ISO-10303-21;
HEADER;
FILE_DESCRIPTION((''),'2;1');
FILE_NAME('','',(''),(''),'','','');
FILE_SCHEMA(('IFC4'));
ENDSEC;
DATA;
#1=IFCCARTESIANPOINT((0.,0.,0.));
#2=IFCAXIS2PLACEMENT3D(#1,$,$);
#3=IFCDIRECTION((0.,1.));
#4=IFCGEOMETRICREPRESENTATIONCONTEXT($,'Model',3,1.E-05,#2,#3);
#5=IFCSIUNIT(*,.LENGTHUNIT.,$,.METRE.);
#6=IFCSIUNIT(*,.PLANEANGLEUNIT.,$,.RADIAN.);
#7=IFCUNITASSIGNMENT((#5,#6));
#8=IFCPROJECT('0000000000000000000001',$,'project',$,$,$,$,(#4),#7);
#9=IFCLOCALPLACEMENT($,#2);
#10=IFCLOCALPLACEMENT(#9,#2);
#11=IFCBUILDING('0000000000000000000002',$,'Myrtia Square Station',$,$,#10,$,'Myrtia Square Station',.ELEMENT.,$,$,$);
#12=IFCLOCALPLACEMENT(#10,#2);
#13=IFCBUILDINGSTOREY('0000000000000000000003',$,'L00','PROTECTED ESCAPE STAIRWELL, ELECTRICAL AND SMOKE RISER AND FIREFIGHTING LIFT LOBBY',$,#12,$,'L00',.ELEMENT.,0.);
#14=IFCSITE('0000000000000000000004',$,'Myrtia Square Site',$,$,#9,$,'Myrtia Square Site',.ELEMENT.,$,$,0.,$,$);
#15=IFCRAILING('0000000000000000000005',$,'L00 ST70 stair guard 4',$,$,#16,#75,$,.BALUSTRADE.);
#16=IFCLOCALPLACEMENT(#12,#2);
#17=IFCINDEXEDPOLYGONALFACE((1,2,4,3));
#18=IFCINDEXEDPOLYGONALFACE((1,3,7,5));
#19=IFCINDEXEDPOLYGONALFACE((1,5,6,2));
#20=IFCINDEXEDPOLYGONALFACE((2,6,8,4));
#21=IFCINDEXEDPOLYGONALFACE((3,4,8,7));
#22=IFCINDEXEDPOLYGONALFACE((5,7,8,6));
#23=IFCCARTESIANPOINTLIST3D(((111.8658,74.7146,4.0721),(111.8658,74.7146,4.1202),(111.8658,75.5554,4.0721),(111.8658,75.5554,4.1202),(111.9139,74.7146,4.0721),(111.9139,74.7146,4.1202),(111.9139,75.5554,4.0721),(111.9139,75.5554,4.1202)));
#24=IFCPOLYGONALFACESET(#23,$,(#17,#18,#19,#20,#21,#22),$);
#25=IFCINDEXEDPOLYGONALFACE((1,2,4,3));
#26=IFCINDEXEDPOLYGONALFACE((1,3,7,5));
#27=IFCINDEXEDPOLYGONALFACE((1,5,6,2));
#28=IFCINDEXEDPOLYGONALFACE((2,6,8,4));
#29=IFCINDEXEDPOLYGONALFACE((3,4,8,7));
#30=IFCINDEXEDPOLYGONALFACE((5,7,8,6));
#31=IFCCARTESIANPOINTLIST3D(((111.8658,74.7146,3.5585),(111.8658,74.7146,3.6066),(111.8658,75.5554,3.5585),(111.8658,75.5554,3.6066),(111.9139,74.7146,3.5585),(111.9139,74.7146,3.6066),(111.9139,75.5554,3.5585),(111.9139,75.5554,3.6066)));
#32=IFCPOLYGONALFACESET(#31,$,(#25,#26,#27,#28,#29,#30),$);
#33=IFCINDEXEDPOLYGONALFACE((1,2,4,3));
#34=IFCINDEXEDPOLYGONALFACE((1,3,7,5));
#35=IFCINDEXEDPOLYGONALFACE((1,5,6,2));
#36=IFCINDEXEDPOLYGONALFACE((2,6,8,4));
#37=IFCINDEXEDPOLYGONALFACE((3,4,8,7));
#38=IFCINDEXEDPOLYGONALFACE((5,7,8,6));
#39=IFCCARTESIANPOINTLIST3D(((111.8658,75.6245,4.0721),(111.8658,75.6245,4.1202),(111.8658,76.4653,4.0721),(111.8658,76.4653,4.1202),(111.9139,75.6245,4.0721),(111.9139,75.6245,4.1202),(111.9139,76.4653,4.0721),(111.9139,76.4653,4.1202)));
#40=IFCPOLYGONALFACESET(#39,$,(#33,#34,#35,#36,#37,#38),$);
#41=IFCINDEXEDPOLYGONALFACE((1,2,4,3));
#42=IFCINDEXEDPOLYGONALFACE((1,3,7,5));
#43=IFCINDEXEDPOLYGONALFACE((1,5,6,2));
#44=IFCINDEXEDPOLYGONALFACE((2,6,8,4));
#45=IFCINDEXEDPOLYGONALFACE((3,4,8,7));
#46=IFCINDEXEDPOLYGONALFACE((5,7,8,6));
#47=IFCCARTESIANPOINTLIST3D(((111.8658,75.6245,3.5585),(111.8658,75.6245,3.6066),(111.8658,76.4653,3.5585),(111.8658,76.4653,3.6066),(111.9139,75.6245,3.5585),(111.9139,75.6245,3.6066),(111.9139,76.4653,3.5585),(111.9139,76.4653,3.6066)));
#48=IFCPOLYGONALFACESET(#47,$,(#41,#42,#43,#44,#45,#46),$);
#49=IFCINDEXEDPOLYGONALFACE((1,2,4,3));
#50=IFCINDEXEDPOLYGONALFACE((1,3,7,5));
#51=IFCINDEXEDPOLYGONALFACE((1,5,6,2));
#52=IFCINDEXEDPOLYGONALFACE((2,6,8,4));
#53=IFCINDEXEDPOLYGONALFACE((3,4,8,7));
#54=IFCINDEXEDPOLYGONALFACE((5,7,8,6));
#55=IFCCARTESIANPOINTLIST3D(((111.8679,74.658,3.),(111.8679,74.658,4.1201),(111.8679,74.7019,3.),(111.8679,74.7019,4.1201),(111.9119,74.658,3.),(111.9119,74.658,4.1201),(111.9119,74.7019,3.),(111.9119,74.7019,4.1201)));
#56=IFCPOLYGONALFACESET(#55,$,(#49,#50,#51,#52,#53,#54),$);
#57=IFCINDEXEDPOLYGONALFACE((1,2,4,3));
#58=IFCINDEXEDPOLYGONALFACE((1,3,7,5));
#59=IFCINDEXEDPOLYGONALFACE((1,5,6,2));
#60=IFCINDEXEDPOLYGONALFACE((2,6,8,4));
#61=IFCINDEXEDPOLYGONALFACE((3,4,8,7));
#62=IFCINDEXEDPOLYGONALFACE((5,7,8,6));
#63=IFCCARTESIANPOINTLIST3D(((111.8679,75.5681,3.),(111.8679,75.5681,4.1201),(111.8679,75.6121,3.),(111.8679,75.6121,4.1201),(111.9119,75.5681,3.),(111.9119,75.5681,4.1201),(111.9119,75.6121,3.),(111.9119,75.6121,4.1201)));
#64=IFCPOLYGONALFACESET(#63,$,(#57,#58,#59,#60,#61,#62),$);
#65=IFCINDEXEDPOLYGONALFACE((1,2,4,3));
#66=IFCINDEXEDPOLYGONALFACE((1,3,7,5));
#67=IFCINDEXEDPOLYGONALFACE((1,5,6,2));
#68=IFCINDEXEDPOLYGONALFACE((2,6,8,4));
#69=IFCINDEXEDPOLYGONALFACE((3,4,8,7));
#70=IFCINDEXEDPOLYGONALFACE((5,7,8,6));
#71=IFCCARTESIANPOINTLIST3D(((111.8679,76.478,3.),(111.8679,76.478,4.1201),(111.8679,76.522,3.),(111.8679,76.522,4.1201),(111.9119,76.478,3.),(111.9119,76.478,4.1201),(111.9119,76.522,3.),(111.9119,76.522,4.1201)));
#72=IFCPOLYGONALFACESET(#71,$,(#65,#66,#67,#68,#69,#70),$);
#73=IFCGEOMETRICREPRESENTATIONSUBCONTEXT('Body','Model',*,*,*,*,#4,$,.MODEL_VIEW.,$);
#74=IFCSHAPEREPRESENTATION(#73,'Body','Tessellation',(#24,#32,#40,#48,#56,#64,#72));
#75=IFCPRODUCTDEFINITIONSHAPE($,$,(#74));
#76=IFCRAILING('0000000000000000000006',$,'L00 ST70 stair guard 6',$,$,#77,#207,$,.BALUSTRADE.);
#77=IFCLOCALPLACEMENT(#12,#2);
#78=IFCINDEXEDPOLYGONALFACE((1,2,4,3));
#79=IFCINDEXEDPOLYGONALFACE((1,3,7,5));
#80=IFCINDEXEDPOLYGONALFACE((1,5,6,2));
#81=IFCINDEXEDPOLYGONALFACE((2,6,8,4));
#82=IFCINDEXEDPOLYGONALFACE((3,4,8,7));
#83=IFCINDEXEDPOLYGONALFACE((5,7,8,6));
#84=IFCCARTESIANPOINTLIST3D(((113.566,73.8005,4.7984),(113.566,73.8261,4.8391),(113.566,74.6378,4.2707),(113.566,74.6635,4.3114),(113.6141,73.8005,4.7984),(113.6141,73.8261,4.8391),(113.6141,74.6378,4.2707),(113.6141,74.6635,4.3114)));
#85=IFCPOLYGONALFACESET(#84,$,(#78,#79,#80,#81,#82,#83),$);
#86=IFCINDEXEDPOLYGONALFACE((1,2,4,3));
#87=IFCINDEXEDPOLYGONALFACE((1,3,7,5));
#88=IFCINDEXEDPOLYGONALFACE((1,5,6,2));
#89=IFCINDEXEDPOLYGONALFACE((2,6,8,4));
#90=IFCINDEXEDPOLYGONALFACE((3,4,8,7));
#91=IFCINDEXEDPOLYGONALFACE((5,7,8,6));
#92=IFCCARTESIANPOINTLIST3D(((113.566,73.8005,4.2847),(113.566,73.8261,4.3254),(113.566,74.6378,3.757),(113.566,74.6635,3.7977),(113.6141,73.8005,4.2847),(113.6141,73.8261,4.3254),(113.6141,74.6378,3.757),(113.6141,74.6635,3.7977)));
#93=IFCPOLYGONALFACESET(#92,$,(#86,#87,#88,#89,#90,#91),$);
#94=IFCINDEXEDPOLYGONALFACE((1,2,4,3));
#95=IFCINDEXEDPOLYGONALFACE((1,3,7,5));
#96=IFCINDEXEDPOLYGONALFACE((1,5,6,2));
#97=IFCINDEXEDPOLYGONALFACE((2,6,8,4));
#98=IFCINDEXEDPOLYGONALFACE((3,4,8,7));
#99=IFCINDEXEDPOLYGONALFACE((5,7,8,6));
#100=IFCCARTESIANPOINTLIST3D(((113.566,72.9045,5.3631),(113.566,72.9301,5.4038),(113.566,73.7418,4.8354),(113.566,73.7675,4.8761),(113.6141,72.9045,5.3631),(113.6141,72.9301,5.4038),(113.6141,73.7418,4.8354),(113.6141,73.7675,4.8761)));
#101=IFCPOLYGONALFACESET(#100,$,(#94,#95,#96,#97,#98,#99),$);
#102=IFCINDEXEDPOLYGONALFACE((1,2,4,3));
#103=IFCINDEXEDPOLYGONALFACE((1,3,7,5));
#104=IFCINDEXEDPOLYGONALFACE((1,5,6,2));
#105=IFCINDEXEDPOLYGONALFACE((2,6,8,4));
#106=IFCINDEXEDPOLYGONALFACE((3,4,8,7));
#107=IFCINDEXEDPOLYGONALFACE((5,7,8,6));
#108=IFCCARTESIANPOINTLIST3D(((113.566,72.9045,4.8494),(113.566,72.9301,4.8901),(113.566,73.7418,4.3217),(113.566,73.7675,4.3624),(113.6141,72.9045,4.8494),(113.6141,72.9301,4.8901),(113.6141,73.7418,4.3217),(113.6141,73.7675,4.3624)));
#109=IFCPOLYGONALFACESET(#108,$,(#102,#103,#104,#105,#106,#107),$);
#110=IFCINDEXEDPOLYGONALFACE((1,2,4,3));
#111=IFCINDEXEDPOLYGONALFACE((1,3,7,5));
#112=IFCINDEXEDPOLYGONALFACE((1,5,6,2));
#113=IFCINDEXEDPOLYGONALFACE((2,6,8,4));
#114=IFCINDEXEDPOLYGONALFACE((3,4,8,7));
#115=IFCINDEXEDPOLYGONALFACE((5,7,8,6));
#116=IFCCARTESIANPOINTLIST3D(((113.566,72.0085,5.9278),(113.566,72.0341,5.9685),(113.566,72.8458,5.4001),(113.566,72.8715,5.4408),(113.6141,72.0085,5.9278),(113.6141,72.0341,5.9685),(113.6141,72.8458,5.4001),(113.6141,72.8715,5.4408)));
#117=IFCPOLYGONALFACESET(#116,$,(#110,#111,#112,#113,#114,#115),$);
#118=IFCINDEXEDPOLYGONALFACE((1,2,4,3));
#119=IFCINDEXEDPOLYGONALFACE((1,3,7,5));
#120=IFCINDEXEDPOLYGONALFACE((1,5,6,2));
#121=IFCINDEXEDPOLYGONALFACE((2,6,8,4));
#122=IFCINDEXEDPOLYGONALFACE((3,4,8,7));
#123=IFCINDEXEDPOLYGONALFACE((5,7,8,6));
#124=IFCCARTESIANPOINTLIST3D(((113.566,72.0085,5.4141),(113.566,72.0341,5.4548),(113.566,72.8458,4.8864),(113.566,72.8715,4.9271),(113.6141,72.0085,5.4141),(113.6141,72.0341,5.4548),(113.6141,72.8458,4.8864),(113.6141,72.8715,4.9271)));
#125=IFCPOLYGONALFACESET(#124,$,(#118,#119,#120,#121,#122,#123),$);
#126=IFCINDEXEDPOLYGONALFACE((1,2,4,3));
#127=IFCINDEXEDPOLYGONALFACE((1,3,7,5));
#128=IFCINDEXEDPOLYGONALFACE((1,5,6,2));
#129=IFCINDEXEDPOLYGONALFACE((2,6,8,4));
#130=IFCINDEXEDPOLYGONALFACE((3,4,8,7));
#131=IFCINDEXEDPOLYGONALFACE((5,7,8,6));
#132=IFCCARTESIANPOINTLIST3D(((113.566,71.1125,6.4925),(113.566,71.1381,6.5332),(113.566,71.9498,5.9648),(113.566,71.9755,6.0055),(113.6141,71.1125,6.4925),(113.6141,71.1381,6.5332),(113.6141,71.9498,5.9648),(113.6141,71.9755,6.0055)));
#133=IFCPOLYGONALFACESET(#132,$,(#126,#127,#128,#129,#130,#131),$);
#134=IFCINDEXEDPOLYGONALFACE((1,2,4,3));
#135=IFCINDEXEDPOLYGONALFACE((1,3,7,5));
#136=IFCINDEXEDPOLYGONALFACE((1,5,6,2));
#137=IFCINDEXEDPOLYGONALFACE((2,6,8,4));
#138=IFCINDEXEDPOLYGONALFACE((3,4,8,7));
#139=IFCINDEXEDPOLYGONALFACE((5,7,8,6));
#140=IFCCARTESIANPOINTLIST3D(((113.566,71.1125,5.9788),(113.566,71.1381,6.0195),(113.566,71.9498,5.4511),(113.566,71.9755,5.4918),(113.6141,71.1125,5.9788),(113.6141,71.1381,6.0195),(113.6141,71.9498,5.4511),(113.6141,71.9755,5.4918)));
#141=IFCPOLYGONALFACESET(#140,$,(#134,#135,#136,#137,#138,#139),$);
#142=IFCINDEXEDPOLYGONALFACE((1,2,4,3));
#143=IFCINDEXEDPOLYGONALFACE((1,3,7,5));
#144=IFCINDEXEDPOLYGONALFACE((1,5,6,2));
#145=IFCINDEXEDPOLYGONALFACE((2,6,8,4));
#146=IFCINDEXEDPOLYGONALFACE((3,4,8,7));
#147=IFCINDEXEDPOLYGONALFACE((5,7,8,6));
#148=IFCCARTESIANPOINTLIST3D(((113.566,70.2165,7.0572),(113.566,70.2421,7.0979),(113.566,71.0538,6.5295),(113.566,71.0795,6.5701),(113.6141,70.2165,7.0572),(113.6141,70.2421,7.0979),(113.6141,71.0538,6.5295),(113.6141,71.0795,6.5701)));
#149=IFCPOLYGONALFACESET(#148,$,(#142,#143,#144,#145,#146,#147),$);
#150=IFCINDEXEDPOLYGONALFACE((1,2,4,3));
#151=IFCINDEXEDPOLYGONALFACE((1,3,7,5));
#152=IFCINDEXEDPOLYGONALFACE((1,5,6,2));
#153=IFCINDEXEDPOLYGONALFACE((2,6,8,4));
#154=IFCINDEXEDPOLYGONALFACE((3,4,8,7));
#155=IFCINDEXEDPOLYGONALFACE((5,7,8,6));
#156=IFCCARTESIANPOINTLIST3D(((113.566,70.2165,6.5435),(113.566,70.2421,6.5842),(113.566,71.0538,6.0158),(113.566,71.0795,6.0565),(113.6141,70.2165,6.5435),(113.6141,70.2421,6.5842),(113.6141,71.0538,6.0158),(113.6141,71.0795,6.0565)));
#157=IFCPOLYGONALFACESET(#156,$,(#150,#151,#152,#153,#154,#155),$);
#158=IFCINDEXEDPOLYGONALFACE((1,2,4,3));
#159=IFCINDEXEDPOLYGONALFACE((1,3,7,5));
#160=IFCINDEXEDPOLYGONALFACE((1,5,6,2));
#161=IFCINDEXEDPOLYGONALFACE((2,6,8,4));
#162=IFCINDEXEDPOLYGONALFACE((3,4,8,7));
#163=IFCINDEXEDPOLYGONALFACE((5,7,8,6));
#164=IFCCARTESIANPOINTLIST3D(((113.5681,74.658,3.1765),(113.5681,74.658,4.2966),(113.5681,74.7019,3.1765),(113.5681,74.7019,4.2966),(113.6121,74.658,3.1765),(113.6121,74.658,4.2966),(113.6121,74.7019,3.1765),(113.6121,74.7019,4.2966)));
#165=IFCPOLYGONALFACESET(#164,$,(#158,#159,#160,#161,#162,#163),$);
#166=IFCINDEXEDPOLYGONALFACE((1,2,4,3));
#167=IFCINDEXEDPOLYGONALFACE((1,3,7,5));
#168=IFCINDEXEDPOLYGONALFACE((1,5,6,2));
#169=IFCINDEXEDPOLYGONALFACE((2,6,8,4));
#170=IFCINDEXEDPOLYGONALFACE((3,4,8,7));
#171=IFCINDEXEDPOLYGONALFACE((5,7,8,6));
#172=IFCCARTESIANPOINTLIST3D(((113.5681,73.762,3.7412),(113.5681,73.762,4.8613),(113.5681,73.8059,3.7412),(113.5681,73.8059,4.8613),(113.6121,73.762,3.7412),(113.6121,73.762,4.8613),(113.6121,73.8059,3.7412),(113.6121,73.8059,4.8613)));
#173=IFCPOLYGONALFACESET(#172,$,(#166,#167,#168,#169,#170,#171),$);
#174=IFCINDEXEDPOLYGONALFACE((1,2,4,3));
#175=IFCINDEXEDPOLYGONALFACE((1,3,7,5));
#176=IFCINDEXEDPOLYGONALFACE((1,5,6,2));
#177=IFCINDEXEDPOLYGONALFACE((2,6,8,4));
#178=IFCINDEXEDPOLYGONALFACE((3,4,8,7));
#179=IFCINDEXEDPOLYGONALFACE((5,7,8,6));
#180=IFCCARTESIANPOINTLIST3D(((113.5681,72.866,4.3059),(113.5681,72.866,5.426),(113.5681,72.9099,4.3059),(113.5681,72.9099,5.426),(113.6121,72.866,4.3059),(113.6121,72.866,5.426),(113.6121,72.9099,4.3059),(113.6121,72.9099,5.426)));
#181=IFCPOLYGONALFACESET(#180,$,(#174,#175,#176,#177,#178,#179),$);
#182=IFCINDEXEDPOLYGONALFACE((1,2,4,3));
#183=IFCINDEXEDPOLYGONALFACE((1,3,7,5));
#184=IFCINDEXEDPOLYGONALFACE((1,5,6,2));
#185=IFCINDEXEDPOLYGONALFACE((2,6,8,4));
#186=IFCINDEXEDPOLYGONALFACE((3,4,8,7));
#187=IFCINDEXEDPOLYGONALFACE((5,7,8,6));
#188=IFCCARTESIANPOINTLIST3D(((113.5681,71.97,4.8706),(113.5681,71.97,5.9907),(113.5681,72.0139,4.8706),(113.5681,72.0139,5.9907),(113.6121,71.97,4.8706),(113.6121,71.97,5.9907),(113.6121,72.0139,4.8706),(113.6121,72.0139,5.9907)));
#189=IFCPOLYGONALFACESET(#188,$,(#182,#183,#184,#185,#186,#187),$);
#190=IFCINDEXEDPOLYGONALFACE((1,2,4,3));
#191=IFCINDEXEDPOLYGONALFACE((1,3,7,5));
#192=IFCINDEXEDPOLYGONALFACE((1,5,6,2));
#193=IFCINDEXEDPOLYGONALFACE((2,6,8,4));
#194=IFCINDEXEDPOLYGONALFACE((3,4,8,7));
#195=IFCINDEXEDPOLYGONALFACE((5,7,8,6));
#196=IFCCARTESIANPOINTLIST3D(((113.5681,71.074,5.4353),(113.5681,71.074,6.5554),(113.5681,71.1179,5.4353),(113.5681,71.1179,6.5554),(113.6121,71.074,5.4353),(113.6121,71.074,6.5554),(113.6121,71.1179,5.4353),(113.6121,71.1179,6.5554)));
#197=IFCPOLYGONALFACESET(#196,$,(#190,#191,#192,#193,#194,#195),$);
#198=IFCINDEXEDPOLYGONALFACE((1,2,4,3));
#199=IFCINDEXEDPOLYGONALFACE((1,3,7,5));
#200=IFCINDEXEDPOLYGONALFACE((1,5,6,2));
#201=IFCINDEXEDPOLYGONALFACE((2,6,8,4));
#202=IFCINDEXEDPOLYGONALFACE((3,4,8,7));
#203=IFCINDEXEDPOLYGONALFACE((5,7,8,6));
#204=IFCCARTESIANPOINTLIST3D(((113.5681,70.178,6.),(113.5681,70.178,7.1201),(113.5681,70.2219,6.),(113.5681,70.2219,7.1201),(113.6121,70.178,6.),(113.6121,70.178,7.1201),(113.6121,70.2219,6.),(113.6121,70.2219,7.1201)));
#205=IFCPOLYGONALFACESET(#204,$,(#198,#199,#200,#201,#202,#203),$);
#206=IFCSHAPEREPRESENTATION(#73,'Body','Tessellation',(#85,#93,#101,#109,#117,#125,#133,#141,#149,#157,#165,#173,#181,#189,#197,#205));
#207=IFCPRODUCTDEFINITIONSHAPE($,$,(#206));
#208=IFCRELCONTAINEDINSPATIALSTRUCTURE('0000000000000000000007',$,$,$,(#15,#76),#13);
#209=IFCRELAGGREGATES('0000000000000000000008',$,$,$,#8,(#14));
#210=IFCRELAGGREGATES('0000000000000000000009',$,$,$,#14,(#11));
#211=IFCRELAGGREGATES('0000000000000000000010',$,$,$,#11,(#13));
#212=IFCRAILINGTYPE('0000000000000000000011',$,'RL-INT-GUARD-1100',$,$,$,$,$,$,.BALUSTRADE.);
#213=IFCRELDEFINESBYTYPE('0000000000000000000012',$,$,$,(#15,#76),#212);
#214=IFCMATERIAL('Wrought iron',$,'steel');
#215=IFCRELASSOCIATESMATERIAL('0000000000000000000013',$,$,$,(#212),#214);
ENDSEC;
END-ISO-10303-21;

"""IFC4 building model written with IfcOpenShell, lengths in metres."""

from ifc_helpers import new_model, si_unit, direction, frame, origin, origin_2d, place, context, subcontext, project, spatial, rectangle, extrude, material, type_object, element, save


model = new_model("IFC4")

# Units and contexts
model_context = context("Model", 3, precision=1e-05, world=origin(), true_north=direction((0.0, 1.0)))
body_context = subcontext(model_context, "Body", "Model", "MODEL_VIEW")
ifc_project = project(units=[si_unit("LENGTHUNIT", "METRE"), si_unit("PLANEANGLEUNIT", "RADIAN")], contexts=[model_context])

# Site, building, storey
site_placement = place(None, origin())
site = spatial("IfcSite", under=ifc_project, at=site_placement, Name="Myrtia Square Site", LongName="Myrtia Square Site", CompositionType="ELEMENT", RefElevation=0.0)
building_placement = place(site_placement, origin())
building = spatial("IfcBuilding", under=site, at=building_placement, Name="Myrtia Square Station", LongName="Myrtia Square Station", CompositionType="ELEMENT")
storey_placement = place(building_placement, origin())
storey = spatial("IfcBuildingStorey", under=building, at=storey_placement, Name="L00", Description="PROTECTED ESCAPE STAIRWELL, ELECTRICAL AND SMOKE RISER AND FIREFIGHTING LIFT LOBBY", LongName="L00", CompositionType="ELEMENT", Elevation=0.0)

# Railings
ifc_material_1 = material(Name="Wrought iron", Category="steel")
railing_type_1 = type_object("IfcRailingType", Name="RL-INT-GUARD-1100", PredefinedType="BALUSTRADE", material=ifc_material_1)
railing_1_placement = place(storey_placement, frame((111.8899, 74.6799, 3.0)))
element("IfcRailing", 1, at=railing_1_placement, inside=storey, type_object=railing_type_1, Name="L00 ST70 stair guard 4", PredefinedType="BALUSTRADE", context=body_context, shape_type="SweptSolid", body=[
    extrude(rectangle(XDim=0.0481, YDim=0.0481, at=origin_2d()), frame((0.0, 0.0347, 1.0962), z_axis=(0.0, 1.0, 0.0), x_axis=(-1.0, 0.0, 0.0)), (0.0, 0.0, 1.0), 0.8408),
    extrude(rectangle(XDim=0.0481, YDim=0.0481, at=origin_2d()), frame((0.0, 0.0347, 0.5825), z_axis=(0.0, 1.0, 0.0), x_axis=(-1.0, 0.0, 0.0)), (0.0, 0.0, 1.0), 0.8408),
    extrude(rectangle(XDim=0.0481, YDim=0.0481, at=origin_2d()), frame((0.0, 0.9446, 1.0962), z_axis=(0.0, 1.0, 0.0), x_axis=(-1.0, 0.0, 0.0)), (0.0, 0.0, 1.0), 0.8408),
    extrude(rectangle(XDim=0.0481, YDim=0.0481, at=origin_2d()), frame((0.0, 0.9446, 0.5825), z_axis=(0.0, 1.0, 0.0), x_axis=(-1.0, 0.0, 0.0)), (0.0, 0.0, 1.0), 0.8408),
    extrude(rectangle(XDim=0.0439, YDim=0.0439, at=origin_2d()), origin(), (0.0, 0.0, 1.0), 1.1201),
    extrude(rectangle(XDim=0.0439, YDim=0.0439, at=origin_2d()), frame((0.0, 0.9102, 0.0)), (0.0, 0.0, 1.0), 1.1201),
    extrude(rectangle(XDim=0.0439, YDim=0.0439, at=origin_2d()), frame((0.0, 1.8201, 0.0)), (0.0, 0.0, 1.0), 1.1201),
])
railing_2_placement = place(storey_placement, frame((113.5901, 74.6799, 3.1765)))
element("IfcRailing", 2, at=railing_2_placement, inside=storey, type_object=railing_type_1, Name="L00 ST70 stair guard 6", PredefinedType="BALUSTRADE", context=body_context, shape_type="SweptSolid", body=[
    extrude(rectangle(XDim=0.0481, YDim=0.0481, at=origin_2d()), frame((0.0, -0.0293, 1.1145), z_axis=(0.0, -0.845998, 0.533186), x_axis=(1.0, 0.0, 0.0)), (0.0, 0.0, 1.0), 0.9897),
    extrude(rectangle(XDim=0.0481, YDim=0.0481, at=origin_2d()), frame((0.0, -0.0293, 0.6008), z_axis=(0.0, -0.845998, 0.533186), x_axis=(1.0, 0.0, 0.0)), (0.0, 0.0, 1.0), 0.9897),
    extrude(rectangle(XDim=0.0481, YDim=0.0481, at=origin_2d()), frame((0.0, -0.9253, 1.6792), z_axis=(0.0, -0.845998, 0.533186), x_axis=(1.0, 0.0, 0.0)), (0.0, 0.0, 1.0), 0.9897),
    extrude(rectangle(XDim=0.0481, YDim=0.0481, at=origin_2d()), frame((0.0, -0.9253, 1.1655), z_axis=(0.0, -0.845998, 0.533186), x_axis=(1.0, 0.0, 0.0)), (0.0, 0.0, 1.0), 0.9897),
    extrude(rectangle(XDim=0.0481, YDim=0.0481, at=origin_2d()), frame((0.0, -1.8213, 2.2439), z_axis=(0.0, -0.845998, 0.533186), x_axis=(1.0, 0.0, 0.0)), (0.0, 0.0, 1.0), 0.9897),
    extrude(rectangle(XDim=0.0481, YDim=0.0481, at=origin_2d()), frame((0.0, -1.8213, 1.7302), z_axis=(0.0, -0.845998, 0.533186), x_axis=(1.0, 0.0, 0.0)), (0.0, 0.0, 1.0), 0.9897),
    extrude(rectangle(XDim=0.0481, YDim=0.0481, at=origin_2d()), frame((0.0, -2.7173, 2.8086), z_axis=(0.0, -0.845998, 0.533186), x_axis=(1.0, 0.0, 0.0)), (0.0, 0.0, 1.0), 0.9897),
    extrude(rectangle(XDim=0.0481, YDim=0.0481, at=origin_2d()), frame((0.0, -2.7173, 2.2949), z_axis=(0.0, -0.845998, 0.533186), x_axis=(1.0, 0.0, 0.0)), (0.0, 0.0, 1.0), 0.9897),
    extrude(rectangle(XDim=0.0481, YDim=0.0481, at=origin_2d()), frame((0.0, -3.6133, 3.3733), z_axis=(0.0, -0.845998, 0.533186), x_axis=(1.0, 0.0, 0.0)), (0.0, 0.0, 1.0), 0.9897),
    extrude(rectangle(XDim=0.0481, YDim=0.0481, at=origin_2d()), frame((0.0, -3.6133, 2.8596), z_axis=(0.0, -0.845998, 0.533186), x_axis=(1.0, 0.0, 0.0)), (0.0, 0.0, 1.0), 0.9897),
    extrude(rectangle(XDim=0.0439, YDim=0.0439, at=origin_2d()), origin(), (0.0, 0.0, 1.0), 1.1201),
    extrude(rectangle(XDim=0.0439, YDim=0.0439, at=origin_2d()), frame((0.0, -0.896, 0.5647)), (0.0, 0.0, 1.0), 1.1201),
    extrude(rectangle(XDim=0.0439, YDim=0.0439, at=origin_2d()), frame((0.0, -1.792, 1.1294)), (0.0, 0.0, 1.0), 1.1201),
    extrude(rectangle(XDim=0.0439, YDim=0.0439, at=origin_2d()), frame((0.0, -2.688, 1.6941)), (0.0, 0.0, 1.0), 1.1201),
    extrude(rectangle(XDim=0.0439, YDim=0.0439, at=origin_2d()), frame((0.0, -3.584, 2.2588)), (0.0, 0.0, 1.0), 1.1201),
    extrude(rectangle(XDim=0.0439, YDim=0.0439, at=origin_2d()), frame((0.0, -4.48, 2.8235)), (0.0, 0.0, 1.0), 1.1201),
])

save(model, "model.ifc")
